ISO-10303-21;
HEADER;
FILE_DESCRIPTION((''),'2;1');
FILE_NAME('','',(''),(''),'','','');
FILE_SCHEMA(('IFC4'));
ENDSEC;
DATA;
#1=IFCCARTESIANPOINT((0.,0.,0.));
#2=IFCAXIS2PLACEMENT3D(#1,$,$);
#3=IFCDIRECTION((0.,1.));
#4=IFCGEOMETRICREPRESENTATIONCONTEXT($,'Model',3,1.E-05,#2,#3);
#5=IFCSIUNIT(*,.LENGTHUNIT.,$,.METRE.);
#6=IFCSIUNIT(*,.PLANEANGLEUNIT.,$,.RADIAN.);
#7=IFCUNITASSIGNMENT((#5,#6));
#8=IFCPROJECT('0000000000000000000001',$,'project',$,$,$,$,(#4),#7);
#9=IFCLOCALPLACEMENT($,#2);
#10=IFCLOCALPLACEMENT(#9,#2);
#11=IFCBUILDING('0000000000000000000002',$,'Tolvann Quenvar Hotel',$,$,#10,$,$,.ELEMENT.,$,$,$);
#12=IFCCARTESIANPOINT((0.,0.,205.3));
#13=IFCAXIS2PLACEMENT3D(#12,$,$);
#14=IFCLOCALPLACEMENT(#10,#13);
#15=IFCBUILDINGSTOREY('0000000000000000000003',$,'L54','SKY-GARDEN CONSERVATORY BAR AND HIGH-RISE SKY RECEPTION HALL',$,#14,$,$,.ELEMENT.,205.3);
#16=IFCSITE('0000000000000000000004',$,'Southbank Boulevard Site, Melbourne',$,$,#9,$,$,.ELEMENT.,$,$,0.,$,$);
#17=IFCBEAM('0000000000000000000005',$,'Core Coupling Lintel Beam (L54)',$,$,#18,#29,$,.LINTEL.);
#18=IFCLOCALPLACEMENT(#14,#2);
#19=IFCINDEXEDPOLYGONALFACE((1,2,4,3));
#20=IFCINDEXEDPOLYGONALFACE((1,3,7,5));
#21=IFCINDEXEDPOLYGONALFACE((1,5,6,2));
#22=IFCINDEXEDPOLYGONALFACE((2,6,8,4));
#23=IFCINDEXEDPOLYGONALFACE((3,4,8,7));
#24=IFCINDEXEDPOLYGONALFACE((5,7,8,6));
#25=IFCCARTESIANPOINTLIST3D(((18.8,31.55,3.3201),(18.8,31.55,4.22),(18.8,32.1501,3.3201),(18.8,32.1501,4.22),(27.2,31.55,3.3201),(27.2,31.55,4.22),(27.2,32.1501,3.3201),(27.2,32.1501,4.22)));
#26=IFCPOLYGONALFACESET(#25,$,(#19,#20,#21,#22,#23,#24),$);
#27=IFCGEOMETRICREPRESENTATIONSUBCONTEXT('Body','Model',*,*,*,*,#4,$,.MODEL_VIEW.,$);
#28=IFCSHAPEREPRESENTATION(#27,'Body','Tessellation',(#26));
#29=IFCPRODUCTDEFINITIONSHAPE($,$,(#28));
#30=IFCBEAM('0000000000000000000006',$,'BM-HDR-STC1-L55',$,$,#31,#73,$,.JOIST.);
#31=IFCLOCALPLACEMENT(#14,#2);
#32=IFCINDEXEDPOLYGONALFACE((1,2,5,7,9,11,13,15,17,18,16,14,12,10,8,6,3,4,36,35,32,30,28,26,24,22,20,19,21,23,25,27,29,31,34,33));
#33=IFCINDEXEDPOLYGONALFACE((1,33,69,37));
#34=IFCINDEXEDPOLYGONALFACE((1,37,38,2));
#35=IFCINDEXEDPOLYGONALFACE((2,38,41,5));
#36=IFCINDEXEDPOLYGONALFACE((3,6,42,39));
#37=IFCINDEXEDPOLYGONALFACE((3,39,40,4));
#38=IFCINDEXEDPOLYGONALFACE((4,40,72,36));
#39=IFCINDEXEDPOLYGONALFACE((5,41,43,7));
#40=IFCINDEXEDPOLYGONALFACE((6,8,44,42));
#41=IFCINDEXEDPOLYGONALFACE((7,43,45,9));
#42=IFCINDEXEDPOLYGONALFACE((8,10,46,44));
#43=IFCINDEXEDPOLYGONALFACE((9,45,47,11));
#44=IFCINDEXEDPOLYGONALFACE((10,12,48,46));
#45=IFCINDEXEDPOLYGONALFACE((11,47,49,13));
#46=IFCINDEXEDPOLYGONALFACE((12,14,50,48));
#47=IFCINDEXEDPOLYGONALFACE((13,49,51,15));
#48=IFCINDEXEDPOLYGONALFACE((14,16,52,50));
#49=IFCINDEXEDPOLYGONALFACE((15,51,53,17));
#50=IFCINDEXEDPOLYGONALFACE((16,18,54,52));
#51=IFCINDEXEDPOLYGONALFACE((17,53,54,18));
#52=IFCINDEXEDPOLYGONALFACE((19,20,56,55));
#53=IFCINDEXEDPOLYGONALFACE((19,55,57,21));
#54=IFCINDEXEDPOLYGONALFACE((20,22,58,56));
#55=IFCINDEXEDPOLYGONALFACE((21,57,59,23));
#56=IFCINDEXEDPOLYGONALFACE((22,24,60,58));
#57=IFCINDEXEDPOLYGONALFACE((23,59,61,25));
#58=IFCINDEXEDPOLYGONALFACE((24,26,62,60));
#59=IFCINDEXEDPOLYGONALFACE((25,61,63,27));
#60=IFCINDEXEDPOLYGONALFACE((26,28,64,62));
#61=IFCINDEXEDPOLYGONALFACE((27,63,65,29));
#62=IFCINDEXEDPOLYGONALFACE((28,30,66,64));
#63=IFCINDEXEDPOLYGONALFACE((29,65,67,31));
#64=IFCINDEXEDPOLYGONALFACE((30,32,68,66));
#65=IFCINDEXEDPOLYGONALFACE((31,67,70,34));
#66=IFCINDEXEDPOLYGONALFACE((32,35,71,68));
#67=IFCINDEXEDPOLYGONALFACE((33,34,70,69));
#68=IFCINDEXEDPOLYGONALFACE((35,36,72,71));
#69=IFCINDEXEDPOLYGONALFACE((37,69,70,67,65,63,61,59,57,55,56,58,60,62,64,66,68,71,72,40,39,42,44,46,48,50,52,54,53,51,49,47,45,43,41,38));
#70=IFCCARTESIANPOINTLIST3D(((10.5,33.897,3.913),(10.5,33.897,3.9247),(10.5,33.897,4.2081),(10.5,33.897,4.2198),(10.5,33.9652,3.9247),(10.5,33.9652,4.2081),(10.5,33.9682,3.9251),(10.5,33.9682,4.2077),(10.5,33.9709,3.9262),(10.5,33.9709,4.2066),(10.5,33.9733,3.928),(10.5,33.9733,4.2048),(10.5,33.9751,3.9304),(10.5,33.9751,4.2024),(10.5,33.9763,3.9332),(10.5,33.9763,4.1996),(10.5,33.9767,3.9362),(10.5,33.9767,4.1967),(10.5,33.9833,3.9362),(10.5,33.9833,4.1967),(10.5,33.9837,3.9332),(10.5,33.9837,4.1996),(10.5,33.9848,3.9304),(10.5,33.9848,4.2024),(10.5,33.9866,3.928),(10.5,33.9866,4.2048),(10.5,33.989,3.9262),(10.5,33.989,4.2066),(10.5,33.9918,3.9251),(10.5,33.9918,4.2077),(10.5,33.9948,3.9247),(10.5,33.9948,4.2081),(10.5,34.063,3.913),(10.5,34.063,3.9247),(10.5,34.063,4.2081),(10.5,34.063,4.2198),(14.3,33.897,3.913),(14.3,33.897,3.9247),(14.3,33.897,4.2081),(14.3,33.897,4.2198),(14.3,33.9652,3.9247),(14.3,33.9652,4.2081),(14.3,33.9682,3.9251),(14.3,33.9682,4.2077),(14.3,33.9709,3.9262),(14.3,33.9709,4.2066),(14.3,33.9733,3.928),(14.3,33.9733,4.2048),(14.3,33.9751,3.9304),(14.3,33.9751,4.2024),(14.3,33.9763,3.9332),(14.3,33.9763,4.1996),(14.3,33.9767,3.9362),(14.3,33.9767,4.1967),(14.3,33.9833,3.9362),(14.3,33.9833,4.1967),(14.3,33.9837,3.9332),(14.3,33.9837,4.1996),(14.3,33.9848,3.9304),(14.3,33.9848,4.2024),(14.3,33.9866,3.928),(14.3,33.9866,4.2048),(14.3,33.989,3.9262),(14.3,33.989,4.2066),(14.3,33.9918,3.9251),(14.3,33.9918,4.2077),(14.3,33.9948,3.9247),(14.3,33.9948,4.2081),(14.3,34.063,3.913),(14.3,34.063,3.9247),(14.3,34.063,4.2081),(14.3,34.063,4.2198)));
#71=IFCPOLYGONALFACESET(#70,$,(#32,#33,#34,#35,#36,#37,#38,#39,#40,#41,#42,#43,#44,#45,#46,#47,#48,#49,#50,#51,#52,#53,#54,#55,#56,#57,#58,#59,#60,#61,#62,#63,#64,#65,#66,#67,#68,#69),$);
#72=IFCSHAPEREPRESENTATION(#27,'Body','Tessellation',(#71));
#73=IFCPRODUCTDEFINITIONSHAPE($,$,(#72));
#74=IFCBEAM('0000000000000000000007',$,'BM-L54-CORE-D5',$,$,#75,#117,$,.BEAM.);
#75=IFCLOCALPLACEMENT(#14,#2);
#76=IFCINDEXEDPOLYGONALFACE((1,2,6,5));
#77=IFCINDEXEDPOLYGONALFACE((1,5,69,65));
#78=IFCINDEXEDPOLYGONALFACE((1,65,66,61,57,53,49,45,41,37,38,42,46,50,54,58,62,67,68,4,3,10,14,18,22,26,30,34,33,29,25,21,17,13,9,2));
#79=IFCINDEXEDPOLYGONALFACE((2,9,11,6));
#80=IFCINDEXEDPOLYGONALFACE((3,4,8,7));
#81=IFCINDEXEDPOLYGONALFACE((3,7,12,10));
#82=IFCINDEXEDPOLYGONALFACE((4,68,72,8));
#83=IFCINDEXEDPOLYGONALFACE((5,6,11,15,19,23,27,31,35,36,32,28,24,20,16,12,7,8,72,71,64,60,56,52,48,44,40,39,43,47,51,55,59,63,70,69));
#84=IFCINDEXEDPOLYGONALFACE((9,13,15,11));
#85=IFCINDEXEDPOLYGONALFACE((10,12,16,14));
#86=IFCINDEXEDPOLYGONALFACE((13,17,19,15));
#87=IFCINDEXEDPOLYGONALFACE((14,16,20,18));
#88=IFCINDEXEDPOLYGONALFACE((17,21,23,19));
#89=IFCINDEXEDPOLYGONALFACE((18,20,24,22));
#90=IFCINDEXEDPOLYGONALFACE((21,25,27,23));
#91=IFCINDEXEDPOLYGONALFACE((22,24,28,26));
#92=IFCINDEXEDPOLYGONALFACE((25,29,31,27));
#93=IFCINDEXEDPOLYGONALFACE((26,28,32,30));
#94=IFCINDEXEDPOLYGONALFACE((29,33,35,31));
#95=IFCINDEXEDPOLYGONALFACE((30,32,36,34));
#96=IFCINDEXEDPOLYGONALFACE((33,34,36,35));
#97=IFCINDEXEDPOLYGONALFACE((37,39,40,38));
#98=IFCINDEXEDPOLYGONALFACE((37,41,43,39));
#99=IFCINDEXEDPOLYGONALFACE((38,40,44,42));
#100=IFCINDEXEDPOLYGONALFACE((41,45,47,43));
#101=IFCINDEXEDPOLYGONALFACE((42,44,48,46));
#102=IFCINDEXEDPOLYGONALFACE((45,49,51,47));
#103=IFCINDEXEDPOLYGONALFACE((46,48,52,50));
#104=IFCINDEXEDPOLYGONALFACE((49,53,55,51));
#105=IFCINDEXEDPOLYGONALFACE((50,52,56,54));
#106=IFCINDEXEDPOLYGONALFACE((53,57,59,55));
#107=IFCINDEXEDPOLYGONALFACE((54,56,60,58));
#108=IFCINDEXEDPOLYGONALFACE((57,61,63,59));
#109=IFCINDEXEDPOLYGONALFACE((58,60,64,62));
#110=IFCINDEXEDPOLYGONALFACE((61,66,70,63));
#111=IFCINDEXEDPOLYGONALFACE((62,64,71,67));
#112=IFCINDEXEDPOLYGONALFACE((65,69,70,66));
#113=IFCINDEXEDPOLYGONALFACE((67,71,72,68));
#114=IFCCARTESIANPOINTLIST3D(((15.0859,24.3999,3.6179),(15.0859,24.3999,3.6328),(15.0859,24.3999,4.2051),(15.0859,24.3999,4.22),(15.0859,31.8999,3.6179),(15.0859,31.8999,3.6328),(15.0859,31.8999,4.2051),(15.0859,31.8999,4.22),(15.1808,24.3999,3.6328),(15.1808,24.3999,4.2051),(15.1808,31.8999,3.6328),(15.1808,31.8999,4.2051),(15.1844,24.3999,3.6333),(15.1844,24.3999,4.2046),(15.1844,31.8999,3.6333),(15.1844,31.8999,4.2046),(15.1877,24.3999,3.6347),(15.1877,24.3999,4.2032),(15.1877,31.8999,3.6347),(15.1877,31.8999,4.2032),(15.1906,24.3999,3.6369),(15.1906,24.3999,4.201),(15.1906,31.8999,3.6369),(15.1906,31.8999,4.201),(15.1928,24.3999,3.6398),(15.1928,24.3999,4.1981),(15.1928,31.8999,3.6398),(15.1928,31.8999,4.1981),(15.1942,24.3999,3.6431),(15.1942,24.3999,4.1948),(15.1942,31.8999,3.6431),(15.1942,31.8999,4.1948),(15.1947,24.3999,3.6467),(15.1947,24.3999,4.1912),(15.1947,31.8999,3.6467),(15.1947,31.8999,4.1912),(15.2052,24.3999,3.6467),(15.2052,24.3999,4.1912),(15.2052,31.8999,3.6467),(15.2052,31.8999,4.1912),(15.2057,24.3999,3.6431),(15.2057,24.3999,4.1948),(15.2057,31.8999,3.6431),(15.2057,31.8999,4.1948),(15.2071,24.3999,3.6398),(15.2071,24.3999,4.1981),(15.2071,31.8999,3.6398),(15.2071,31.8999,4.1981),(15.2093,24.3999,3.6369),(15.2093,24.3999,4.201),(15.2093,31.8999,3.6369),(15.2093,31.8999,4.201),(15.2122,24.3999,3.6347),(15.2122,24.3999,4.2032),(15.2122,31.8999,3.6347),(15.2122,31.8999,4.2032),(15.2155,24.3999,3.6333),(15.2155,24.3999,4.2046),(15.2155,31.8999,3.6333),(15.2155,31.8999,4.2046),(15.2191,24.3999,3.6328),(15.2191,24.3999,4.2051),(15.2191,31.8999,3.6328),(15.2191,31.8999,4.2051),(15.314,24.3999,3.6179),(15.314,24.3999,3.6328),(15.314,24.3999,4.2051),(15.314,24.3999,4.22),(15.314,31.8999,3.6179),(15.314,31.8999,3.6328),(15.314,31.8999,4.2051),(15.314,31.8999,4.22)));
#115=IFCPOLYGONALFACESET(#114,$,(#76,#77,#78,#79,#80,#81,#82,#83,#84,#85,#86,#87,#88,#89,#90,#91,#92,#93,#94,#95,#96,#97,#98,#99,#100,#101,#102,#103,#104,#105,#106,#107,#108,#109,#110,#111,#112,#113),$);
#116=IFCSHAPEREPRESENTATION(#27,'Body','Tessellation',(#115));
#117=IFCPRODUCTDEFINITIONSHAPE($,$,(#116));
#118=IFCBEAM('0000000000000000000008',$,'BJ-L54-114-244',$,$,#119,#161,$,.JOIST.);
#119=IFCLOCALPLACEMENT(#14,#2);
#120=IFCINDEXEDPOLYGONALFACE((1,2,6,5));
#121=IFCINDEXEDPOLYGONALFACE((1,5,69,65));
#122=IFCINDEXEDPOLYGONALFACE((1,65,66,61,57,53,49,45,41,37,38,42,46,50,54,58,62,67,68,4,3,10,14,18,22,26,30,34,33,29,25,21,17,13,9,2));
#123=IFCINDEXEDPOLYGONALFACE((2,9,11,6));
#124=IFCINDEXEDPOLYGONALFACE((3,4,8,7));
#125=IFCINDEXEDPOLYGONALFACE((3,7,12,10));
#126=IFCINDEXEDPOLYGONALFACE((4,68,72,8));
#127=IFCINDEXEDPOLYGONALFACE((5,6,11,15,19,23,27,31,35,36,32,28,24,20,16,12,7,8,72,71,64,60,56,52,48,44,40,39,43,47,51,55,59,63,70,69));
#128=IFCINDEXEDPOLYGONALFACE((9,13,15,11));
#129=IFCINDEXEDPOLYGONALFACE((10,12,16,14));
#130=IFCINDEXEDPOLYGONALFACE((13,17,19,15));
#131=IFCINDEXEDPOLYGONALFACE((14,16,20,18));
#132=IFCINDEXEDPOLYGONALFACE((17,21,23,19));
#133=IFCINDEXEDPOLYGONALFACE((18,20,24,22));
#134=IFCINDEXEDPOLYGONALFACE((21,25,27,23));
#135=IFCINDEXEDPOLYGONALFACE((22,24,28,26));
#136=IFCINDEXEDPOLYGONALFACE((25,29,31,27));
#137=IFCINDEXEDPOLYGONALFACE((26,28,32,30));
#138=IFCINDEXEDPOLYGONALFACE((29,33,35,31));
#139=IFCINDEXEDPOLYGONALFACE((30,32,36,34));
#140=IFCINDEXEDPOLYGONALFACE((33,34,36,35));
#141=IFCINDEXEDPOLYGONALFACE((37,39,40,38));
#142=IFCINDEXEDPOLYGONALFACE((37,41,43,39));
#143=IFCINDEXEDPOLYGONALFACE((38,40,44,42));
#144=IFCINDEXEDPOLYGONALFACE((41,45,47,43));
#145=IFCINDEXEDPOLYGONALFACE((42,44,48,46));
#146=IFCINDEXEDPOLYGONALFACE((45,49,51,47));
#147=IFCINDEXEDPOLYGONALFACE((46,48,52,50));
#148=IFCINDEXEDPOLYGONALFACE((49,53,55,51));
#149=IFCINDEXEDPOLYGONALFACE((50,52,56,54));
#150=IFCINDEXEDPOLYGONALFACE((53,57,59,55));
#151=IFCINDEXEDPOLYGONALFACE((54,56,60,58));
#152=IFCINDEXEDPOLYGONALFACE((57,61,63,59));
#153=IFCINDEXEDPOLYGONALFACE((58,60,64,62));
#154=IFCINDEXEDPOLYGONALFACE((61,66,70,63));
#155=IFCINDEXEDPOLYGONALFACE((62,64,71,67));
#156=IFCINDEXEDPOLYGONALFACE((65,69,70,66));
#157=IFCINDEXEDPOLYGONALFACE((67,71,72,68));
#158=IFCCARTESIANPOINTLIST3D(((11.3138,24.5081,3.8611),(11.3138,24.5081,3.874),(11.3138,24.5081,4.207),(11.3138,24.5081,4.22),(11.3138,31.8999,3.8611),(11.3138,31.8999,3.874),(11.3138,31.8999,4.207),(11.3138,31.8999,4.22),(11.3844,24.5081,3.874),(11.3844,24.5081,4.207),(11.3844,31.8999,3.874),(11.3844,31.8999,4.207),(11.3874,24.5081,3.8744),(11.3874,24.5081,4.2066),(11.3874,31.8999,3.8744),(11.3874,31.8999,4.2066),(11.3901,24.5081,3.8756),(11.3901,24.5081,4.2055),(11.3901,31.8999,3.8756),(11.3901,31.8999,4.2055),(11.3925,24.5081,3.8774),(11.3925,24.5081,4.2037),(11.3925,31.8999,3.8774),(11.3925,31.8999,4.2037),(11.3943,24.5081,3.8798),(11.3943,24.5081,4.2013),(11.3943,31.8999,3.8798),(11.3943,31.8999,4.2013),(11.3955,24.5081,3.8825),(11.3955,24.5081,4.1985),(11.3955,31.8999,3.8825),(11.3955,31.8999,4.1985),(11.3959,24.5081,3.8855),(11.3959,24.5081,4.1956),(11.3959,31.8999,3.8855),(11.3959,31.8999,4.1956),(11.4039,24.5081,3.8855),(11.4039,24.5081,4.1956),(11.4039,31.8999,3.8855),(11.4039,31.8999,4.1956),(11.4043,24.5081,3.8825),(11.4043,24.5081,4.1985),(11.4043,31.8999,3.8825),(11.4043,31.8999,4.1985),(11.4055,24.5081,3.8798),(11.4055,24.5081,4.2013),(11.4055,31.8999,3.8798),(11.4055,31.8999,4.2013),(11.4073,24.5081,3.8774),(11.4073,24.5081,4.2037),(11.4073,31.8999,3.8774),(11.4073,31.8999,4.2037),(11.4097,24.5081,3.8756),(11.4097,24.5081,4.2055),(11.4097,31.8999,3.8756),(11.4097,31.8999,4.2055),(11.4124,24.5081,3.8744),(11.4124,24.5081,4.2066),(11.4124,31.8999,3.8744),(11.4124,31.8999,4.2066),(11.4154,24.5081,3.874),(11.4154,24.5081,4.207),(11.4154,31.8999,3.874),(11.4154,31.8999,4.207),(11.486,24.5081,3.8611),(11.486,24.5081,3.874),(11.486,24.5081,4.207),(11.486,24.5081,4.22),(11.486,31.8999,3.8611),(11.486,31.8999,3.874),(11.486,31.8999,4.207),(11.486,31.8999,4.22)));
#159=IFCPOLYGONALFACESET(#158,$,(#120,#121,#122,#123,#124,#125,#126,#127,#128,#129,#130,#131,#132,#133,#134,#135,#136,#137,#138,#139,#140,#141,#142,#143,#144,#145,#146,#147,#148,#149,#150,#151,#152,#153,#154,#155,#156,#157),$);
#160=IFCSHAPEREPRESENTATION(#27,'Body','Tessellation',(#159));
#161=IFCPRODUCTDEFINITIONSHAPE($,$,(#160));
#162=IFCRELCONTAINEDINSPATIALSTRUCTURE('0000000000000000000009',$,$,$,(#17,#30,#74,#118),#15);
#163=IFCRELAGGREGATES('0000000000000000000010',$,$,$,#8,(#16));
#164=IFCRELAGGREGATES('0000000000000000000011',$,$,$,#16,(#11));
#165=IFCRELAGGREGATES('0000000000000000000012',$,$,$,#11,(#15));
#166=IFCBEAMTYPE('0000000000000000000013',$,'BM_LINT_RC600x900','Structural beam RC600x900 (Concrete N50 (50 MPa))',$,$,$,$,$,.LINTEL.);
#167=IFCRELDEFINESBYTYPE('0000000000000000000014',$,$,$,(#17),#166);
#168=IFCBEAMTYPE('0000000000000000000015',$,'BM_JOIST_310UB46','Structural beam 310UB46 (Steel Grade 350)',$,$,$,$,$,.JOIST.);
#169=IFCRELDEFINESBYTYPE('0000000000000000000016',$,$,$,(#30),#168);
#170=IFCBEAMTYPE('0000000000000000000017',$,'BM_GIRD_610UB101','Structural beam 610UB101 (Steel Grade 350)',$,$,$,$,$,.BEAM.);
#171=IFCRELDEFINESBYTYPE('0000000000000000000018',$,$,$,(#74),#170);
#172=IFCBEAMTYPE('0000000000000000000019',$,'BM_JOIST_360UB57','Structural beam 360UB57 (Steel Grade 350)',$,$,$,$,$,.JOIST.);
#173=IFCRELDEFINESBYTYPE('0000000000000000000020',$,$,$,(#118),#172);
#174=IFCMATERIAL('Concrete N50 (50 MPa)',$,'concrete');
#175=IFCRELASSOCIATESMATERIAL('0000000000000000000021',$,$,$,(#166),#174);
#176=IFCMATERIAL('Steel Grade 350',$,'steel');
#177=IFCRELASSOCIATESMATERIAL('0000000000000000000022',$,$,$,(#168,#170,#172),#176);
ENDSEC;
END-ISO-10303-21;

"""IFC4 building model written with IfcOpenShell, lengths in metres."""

from ifc_helpers import new_model, si_unit, direction, frame, origin, origin_2d, place, context, subcontext, project, spatial, rectangle, i_section, extrude, source, transform, mapped, material, material_profile, profile_set, type_object, type_shapes, element, save


model = new_model("IFC4")

# Units and contexts
model_context = context("Model", 3, precision=1e-05, world=origin(), true_north=direction((0.0, 1.0)))
body_context = subcontext(model_context, "Body", "Model", "MODEL_VIEW")
ifc_project = project(units=[si_unit("LENGTHUNIT", "METRE"), si_unit("PLANEANGLEUNIT", "RADIAN")], contexts=[model_context])

# Site, building, storey
site_placement = place(None, origin())
site = spatial("IfcSite", under=ifc_project, at=site_placement, Name="Southbank Boulevard Site, Melbourne", CompositionType="ELEMENT", RefElevation=0.0)
building_placement = place(site_placement, origin())
building = spatial("IfcBuilding", under=site, at=building_placement, Name="Tolvann Quenvar Hotel", CompositionType="ELEMENT")
storey_placement = place(building_placement, frame((0.0, 0.0, 205.3)))
storey = spatial("IfcBuildingStorey", under=building, at=storey_placement, Name="L54", Description="SKY-GARDEN CONSERVATORY BAR AND HIGH-RISE SKY RECEPTION HALL", CompositionType="ELEMENT", Elevation=205.3)

# Beams
ifc_material_1 = material(Name="Concrete N50 (50 MPa)", Category="concrete")
ifc_material_profile_1 = material_profile(ifc_material_1, rectangle(XDim=0.6001, YDim=0.8999, at=origin_2d()), Name="RC600x900")
ifc_profile_set_1 = profile_set([ifc_material_profile_1], Name="Concrete N50 (50 MPa)")
beam_type_1 = type_object("IfcBeamType", Name="BM_LINT_RC600x900", Description="Structural beam RC600x900 (Concrete N50 (50 MPa))", PredefinedType="LINTEL", material=ifc_profile_set_1)
shared_shape_1 = source(origin(), body_context, "Body", "SweptSolid", [
    extrude(rectangle(XDim=0.6001, YDim=0.8999, at=origin_2d()), origin(), (0.0, 0.0, 1.0), 8.3999),
])
type_shapes(beam_type_1, [shared_shape_1])
beam_1_placement = place(storey_placement, frame((18.8, 31.8501, 3.77), z_axis=(1.0, 0.0, 0.0), x_axis=(0.0, 1.0, 0.0)))
element("IfcBeam", 1, at=beam_1_placement, inside=storey, type_object=beam_type_1, Name="Core Coupling Lintel Beam (L54)", PredefinedType="LINTEL", context=body_context, shape_type="MappedRepresentation", body=[
    mapped(shared_shape_1, transform((0.0, 0.0, 0.0), x_axis=(1.0, 0.0, 0.0), y_axis=(0.0, 1.0, 0.0), z_axis=(0.0, 0.0, 1.0), scale=1.0)),
])
ifc_material_2 = material(Name="Steel Grade 350", Category="steel")
ifc_material_profile_2 = material_profile(ifc_material_2, i_section(OverallWidth=0.166, OverallDepth=0.3069, WebThickness=0.0066, FlangeThickness=0.0117, FilletRadius=0.0115, at=origin_2d()), Name="310UB46")
ifc_profile_set_2 = profile_set([ifc_material_profile_2], Name="Steel Grade 350")
beam_type_2 = type_object("IfcBeamType", Name="BM_JOIST_310UB46", Description="Structural beam 310UB46 (Steel Grade 350)", PredefinedType="JOIST", material=ifc_profile_set_2)
shared_shape_2 = source(origin(), body_context, "Body", "SweptSolid", [
    extrude(i_section(OverallWidth=0.166, OverallDepth=0.3069, WebThickness=0.0066, FlangeThickness=0.0117, FilletRadius=0.0115, at=origin_2d()), origin(), (0.0, 0.0, 1.0), 3.8),
])
type_shapes(beam_type_2, [shared_shape_2])
beam_2_placement = place(storey_placement, frame((10.5, 33.98, 4.0664), z_axis=(1.0, 0.0, 0.0), x_axis=(0.0, 1.0, 0.0)))
element("IfcBeam", 2, at=beam_2_placement, inside=storey, type_object=beam_type_2, Name="BM-HDR-STC1-L55", PredefinedType="JOIST", context=body_context, shape_type="MappedRepresentation", body=[
    mapped(shared_shape_2, transform((0.0, 0.0, 0.0), x_axis=(1.0, 0.0, 0.0), y_axis=(0.0, 1.0, 0.0), z_axis=(0.0, 0.0, 1.0), scale=1.0)),
])
ifc_material_profile_3 = material_profile(ifc_material_2, i_section(OverallWidth=0.228, OverallDepth=0.6021, WebThickness=0.0105, FlangeThickness=0.0149, FilletRadius=0.0139, at=origin_2d()), Name="610UB101")
ifc_profile_set_3 = profile_set([ifc_material_profile_3], Name="Steel Grade 350")
beam_type_3 = type_object("IfcBeamType", Name="BM_GIRD_610UB101", Description="Structural beam 610UB101 (Steel Grade 350)", PredefinedType="BEAM", material=ifc_profile_set_3)
shared_shape_3 = source(origin(), body_context, "Body", "SweptSolid", [
    extrude(i_section(OverallWidth=0.228, OverallDepth=0.6021, WebThickness=0.0105, FlangeThickness=0.0149, FilletRadius=0.0139, at=origin_2d()), origin(), (0.0, 0.0, 1.0), 7.5),
])
type_shapes(beam_type_3, [shared_shape_3])
beam_3_placement = place(storey_placement, frame((15.2, 24.3999, 3.9189), z_axis=(0.0, 1.0, 0.0), x_axis=(-1.0, 0.0, 0.0)))
element("IfcBeam", 3, at=beam_3_placement, inside=storey, type_object=beam_type_3, Name="BM-L54-CORE-D5", PredefinedType="BEAM", context=body_context, shape_type="MappedRepresentation", body=[
    mapped(shared_shape_3, transform((0.0, 0.0, 0.0), x_axis=(1.0, 0.0, 0.0), y_axis=(0.0, 1.0, 0.0), z_axis=(0.0, 0.0, 1.0), scale=1.0)),
])
ifc_material_profile_4 = material_profile(ifc_material_2, i_section(OverallWidth=0.1721, OverallDepth=0.3589, WebThickness=0.0081, FlangeThickness=0.0129, FilletRadius=0.0115, at=origin_2d()), Name="360UB57")
ifc_profile_set_4 = profile_set([ifc_material_profile_4], Name="Steel Grade 350")
beam_type_4 = type_object("IfcBeamType", Name="BM_JOIST_360UB57", Description="Structural beam 360UB57 (Steel Grade 350)", PredefinedType="JOIST", material=ifc_profile_set_4)
shared_shape_4 = source(origin(), body_context, "Body", "SweptSolid", [
    extrude(i_section(OverallWidth=0.1721, OverallDepth=0.3589, WebThickness=0.0081, FlangeThickness=0.0129, FilletRadius=0.0115, at=origin_2d()), origin(), (0.0, 0.0, 1.0), 7.3918),
])
type_shapes(beam_type_4, [shared_shape_4])
beam_4_placement = place(storey_placement, frame((11.3999, 24.5081, 4.0405), z_axis=(0.0, 1.0, 0.0), x_axis=(-1.0, 0.0, 0.0)))
element("IfcBeam", 4, at=beam_4_placement, inside=storey, type_object=beam_type_4, Name="BJ-L54-114-244", PredefinedType="JOIST", context=body_context, shape_type="MappedRepresentation", body=[
    mapped(shared_shape_4, transform((0.0, 0.0, 0.0), x_axis=(1.0, 0.0, 0.0), y_axis=(0.0, 1.0, 0.0), z_axis=(0.0, 0.0, 1.0), scale=1.0)),
])

save(model, "model.ifc")
